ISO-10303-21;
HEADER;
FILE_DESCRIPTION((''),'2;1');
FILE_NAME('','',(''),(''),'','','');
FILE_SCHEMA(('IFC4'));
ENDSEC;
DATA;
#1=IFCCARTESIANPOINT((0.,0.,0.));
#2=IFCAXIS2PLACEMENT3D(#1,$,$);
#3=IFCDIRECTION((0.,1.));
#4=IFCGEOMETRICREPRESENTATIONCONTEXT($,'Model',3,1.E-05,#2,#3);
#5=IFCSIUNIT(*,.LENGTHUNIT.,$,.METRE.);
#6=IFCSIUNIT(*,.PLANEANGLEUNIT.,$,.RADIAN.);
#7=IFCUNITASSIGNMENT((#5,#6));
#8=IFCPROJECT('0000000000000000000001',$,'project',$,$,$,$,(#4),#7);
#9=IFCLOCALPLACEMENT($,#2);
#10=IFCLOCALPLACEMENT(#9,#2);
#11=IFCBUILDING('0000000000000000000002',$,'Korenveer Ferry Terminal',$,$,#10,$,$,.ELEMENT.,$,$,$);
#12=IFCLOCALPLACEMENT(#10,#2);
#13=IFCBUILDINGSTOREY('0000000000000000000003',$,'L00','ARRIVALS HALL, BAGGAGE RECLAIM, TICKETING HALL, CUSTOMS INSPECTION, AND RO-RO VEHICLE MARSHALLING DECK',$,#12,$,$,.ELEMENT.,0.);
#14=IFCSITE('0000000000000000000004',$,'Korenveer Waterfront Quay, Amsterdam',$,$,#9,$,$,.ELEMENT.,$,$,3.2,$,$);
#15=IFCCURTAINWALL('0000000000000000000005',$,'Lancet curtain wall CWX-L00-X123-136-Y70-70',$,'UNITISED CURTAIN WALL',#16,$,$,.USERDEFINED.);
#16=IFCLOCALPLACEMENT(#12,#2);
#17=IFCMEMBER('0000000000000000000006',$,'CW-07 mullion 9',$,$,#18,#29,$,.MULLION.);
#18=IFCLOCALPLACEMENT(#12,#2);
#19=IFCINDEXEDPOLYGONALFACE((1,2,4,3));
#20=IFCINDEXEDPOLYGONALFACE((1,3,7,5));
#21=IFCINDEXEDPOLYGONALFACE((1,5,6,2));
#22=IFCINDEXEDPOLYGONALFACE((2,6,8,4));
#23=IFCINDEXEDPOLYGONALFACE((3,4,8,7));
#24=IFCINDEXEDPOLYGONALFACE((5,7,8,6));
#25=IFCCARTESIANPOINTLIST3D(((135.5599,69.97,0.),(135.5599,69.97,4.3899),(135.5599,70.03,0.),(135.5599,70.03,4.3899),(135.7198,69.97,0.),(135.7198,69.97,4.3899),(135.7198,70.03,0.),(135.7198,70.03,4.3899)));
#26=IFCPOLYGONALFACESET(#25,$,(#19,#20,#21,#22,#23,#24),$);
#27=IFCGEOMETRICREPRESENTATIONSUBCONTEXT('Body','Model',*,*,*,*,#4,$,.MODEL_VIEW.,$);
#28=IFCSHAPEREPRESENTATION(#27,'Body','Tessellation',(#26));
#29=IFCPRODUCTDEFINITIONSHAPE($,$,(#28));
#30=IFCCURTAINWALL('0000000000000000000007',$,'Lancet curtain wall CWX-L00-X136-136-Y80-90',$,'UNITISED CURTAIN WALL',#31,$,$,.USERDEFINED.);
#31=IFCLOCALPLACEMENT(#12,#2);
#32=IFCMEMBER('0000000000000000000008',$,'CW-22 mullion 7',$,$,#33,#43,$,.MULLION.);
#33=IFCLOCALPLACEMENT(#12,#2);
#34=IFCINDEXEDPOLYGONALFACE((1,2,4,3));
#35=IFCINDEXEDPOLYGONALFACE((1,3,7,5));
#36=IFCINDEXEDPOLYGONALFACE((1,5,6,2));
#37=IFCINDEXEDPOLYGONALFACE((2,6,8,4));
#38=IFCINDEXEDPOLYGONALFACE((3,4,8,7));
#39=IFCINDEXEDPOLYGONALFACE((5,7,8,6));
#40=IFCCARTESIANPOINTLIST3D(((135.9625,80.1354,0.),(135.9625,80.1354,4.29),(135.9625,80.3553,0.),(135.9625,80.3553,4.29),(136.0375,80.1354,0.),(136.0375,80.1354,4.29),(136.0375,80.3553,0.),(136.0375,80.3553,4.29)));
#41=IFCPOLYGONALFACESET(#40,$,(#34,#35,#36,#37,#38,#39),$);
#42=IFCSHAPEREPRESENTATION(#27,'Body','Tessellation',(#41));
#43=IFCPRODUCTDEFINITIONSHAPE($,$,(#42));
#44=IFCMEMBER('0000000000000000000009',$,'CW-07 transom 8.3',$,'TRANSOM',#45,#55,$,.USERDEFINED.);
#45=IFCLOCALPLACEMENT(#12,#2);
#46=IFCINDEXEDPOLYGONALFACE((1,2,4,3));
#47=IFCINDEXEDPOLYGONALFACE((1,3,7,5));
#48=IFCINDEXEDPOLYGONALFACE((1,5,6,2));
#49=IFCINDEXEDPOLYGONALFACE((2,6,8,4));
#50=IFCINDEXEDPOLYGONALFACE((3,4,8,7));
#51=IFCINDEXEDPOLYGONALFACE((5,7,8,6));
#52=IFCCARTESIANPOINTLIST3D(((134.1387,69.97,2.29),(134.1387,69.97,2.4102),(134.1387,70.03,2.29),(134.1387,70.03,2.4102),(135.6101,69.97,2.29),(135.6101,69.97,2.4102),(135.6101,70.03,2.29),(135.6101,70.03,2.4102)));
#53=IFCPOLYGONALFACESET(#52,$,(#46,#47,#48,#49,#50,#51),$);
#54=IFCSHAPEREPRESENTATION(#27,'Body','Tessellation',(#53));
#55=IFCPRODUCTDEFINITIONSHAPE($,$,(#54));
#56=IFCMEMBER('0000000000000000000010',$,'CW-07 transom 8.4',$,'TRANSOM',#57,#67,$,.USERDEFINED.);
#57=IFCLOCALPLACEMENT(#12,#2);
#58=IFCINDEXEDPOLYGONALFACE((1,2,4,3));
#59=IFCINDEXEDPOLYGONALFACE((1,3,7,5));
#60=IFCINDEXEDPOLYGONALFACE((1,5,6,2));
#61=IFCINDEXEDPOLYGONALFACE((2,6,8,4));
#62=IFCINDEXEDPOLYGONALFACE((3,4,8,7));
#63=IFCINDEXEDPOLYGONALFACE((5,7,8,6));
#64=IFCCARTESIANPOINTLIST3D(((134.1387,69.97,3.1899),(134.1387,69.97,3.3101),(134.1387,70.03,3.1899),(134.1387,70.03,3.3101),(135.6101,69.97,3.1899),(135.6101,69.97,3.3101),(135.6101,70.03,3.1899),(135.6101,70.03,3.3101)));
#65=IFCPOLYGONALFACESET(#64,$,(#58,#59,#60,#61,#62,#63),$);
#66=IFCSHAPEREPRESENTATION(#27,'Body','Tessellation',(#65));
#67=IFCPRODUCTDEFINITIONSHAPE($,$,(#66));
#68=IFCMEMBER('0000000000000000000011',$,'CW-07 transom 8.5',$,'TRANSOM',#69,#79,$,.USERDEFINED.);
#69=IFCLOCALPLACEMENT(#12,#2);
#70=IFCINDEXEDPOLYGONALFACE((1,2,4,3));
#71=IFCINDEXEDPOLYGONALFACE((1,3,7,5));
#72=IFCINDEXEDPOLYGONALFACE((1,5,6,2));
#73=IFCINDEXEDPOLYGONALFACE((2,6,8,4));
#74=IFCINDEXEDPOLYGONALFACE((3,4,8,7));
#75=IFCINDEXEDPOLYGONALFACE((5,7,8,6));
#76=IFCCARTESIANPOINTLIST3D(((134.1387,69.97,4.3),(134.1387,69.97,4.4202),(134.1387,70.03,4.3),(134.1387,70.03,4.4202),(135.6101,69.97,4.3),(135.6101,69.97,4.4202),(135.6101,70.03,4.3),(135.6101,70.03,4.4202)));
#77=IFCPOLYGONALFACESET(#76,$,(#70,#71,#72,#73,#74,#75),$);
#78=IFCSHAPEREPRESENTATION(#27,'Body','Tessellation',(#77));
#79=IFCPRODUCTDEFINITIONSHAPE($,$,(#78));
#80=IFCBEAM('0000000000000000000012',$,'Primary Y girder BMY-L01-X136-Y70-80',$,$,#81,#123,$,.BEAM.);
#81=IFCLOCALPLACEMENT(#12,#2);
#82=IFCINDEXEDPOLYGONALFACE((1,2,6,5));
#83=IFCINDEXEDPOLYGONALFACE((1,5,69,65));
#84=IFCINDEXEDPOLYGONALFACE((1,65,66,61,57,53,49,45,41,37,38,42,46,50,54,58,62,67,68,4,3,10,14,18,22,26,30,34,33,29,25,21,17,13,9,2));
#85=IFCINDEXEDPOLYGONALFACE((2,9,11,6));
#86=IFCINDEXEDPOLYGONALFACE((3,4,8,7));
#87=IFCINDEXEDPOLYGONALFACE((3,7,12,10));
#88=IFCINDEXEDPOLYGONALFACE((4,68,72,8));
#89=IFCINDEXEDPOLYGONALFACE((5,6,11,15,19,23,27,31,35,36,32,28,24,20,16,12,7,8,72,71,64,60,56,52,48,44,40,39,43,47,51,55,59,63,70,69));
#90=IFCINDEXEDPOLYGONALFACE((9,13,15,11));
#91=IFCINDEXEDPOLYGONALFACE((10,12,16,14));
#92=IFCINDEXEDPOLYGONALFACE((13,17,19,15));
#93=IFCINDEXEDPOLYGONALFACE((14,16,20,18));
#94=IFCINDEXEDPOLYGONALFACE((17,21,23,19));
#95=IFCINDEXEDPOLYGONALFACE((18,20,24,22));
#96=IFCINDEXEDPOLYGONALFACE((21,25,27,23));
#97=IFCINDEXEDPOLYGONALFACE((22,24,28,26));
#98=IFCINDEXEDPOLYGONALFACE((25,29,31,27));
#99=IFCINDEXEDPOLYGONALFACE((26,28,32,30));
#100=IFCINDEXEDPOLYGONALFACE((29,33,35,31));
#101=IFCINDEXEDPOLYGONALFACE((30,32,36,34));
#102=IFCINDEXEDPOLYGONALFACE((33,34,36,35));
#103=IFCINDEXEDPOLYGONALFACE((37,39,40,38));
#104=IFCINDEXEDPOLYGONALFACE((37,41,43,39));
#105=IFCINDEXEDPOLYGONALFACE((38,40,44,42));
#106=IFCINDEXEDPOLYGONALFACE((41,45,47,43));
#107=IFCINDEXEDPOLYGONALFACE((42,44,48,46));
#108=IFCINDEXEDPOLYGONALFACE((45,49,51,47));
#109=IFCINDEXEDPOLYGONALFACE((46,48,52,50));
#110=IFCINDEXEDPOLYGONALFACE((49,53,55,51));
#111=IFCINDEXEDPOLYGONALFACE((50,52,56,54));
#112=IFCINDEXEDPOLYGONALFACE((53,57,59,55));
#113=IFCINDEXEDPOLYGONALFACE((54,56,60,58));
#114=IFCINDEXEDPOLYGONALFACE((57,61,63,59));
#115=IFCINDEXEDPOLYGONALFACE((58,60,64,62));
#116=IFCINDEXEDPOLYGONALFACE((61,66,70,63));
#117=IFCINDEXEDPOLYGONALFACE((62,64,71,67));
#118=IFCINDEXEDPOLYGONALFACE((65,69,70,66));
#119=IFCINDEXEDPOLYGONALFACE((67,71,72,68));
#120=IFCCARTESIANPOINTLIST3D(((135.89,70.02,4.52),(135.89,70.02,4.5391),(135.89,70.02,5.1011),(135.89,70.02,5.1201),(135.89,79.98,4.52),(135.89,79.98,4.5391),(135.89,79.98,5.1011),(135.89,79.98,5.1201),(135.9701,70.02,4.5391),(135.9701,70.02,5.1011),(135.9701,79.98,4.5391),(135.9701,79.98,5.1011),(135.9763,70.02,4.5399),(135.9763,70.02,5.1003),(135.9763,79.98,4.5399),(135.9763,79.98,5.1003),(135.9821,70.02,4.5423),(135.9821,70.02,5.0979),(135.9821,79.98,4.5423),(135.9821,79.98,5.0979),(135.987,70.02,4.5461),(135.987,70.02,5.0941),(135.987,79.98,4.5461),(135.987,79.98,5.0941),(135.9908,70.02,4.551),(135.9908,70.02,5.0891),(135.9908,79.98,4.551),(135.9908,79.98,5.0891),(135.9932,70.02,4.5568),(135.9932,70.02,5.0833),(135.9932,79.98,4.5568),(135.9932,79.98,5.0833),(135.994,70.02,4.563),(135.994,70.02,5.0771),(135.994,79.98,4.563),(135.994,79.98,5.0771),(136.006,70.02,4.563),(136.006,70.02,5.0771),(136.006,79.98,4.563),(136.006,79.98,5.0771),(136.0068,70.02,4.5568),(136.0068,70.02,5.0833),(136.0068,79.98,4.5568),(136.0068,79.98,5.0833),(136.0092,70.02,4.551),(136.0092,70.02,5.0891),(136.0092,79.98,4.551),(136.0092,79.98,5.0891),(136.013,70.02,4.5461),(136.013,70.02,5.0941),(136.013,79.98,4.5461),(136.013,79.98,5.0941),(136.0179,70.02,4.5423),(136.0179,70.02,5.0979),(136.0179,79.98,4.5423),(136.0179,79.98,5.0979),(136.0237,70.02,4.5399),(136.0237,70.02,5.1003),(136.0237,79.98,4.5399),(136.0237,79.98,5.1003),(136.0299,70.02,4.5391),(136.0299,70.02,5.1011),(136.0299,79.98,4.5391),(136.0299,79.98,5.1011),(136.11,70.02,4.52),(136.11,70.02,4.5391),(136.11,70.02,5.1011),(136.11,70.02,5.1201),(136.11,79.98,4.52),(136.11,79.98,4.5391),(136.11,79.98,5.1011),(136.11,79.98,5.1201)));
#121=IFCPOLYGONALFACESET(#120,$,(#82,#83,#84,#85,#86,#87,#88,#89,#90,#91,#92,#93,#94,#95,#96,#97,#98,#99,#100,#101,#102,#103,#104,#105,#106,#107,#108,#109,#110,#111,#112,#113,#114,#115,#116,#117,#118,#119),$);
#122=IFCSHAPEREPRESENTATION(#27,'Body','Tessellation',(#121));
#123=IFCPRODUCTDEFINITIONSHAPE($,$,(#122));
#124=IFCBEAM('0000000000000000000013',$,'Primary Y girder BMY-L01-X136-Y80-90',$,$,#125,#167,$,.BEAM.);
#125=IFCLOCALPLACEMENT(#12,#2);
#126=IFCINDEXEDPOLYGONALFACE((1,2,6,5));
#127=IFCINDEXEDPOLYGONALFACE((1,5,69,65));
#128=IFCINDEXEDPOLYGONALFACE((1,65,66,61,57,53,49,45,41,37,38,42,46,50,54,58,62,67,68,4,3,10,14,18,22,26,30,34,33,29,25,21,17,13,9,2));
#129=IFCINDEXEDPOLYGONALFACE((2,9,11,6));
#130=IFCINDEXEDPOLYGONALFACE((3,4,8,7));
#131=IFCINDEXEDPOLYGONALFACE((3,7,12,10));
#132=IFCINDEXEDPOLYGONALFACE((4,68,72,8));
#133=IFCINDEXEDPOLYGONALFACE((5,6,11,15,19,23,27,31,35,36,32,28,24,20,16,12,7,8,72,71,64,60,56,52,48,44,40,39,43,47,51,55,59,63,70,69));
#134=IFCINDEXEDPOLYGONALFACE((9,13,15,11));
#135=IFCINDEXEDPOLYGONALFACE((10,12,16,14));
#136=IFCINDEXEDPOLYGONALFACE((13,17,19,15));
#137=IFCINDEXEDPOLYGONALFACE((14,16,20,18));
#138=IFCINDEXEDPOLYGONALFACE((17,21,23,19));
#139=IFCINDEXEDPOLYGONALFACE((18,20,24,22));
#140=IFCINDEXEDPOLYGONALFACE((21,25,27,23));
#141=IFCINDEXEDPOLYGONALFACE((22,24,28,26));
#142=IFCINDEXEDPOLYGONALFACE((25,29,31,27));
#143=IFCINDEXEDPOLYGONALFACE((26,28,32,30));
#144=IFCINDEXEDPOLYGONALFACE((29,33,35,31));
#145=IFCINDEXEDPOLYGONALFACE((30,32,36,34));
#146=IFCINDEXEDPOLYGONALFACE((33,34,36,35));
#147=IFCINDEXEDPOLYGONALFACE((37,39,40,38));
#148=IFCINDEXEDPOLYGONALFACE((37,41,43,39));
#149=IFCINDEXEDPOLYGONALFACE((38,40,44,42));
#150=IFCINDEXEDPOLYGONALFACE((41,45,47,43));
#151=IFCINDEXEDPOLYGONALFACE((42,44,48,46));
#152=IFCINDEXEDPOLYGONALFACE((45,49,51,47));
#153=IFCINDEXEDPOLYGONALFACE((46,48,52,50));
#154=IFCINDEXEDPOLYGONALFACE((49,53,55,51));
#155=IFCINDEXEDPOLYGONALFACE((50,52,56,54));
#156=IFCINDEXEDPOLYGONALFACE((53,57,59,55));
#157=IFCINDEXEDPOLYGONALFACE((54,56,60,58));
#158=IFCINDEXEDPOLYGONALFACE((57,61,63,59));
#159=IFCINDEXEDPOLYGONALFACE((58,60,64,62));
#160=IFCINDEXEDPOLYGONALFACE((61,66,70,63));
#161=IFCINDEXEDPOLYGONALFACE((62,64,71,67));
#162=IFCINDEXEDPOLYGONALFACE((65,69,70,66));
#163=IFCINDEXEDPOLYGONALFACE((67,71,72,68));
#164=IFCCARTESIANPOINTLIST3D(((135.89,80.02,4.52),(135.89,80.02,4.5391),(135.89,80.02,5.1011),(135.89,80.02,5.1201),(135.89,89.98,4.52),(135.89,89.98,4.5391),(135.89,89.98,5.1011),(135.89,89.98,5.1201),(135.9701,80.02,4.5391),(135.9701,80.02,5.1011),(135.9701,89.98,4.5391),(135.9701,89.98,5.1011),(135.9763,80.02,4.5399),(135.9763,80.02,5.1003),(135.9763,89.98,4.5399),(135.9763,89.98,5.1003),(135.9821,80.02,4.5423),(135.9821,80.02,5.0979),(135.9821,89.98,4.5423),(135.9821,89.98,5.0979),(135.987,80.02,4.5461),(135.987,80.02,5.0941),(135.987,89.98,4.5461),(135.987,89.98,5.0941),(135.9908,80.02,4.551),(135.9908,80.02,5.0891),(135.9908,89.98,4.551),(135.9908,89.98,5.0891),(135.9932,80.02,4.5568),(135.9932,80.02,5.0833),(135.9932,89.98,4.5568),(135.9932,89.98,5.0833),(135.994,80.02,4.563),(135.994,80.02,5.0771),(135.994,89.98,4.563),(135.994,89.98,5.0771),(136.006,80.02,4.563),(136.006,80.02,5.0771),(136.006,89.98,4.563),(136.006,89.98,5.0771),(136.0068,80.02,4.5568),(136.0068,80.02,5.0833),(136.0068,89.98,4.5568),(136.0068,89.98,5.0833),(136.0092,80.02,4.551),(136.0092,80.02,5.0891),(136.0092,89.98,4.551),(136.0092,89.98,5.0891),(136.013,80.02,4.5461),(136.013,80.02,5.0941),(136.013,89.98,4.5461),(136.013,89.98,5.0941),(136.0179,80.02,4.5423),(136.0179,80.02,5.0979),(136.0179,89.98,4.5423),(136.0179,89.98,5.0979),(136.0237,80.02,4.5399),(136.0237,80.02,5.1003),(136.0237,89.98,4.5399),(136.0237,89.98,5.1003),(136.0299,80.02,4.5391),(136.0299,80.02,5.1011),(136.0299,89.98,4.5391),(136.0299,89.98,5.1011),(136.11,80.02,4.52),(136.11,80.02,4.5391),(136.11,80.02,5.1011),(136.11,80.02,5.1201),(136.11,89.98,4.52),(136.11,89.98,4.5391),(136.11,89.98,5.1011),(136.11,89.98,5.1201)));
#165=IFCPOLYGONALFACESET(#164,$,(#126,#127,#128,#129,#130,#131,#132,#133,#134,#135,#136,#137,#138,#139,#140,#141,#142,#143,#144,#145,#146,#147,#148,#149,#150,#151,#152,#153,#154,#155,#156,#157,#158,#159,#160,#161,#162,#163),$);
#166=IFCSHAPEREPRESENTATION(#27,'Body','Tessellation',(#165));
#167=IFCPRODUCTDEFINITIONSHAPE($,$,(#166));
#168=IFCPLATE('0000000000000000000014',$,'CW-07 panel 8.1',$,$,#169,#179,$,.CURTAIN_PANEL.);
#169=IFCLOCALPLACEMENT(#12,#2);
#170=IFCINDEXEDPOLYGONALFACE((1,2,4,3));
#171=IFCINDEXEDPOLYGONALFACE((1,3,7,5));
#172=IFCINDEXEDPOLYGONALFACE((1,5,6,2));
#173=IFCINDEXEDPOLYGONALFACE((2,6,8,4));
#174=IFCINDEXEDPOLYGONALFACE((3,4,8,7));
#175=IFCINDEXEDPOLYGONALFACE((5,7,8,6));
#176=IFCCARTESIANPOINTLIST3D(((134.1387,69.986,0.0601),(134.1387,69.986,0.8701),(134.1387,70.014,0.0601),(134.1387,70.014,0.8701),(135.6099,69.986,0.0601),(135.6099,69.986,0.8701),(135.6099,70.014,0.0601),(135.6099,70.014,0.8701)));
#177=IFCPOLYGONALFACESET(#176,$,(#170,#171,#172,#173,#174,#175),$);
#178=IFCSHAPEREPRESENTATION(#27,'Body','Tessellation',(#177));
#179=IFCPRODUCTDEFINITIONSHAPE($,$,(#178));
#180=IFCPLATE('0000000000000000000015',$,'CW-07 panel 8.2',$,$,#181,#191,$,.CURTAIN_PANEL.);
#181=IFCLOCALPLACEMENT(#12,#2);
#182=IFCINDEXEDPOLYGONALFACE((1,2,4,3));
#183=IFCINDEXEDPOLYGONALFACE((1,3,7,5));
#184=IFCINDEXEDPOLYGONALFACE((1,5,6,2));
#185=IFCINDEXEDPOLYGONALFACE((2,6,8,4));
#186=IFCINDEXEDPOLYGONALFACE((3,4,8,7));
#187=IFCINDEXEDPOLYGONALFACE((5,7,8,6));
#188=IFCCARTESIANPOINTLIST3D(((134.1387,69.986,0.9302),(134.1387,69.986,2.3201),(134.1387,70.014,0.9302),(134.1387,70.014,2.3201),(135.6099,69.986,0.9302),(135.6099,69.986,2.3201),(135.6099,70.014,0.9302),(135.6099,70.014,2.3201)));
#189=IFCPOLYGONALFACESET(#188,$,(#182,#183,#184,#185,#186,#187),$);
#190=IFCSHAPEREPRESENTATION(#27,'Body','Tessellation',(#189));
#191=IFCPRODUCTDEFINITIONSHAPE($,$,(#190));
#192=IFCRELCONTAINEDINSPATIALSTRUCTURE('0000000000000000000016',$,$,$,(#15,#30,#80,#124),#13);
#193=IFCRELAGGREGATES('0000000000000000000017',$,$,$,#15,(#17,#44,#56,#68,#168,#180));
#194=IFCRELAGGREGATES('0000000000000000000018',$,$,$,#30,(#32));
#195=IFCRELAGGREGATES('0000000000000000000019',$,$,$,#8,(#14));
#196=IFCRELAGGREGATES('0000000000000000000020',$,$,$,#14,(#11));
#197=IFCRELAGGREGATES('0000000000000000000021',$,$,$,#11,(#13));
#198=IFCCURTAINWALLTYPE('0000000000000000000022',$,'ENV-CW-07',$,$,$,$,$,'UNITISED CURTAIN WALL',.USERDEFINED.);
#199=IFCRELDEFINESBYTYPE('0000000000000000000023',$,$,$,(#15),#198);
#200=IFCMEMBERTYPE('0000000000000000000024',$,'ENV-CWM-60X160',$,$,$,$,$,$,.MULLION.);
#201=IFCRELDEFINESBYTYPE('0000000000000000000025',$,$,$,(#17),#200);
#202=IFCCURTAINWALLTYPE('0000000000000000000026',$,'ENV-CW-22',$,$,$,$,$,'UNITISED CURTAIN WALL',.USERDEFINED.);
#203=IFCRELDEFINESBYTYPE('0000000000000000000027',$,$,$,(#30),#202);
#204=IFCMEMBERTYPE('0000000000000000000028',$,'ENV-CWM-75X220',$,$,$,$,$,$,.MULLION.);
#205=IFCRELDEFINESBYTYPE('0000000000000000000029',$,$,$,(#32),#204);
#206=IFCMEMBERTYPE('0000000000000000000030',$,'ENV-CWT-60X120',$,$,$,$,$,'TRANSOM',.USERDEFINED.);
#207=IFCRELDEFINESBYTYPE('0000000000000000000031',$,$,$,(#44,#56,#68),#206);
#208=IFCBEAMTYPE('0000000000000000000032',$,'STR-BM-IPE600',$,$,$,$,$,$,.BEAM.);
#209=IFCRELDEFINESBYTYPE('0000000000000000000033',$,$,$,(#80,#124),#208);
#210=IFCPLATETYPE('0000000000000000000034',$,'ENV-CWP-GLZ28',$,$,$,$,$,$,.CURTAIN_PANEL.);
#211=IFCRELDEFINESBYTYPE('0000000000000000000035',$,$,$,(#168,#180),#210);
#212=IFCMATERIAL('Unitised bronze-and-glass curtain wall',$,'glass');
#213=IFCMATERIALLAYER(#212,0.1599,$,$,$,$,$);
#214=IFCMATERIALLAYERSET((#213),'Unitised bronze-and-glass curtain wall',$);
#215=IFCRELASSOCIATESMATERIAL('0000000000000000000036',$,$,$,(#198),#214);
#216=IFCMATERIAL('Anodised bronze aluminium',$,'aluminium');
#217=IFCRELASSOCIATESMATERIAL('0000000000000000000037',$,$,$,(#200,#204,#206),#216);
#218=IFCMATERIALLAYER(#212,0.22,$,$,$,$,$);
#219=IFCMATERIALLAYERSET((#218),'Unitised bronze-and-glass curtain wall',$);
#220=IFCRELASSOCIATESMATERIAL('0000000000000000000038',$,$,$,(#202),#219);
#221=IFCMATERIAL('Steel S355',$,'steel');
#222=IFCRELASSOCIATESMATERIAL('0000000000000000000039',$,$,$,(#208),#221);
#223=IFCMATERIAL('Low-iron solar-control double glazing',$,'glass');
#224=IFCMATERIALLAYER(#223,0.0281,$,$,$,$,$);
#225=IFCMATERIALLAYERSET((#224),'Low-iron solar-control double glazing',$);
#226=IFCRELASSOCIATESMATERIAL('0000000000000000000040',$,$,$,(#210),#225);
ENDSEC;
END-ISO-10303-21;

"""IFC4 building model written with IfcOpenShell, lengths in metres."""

from ifc_helpers import new_model, si_unit, direction, frame, origin, origin_2d, place, context, subcontext, project, spatial, rectangle, i_section, extrude, material, layer, layer_set, material_profile, profile_set, type_object, element, aggregate, save


model = new_model("IFC4")

# Units and contexts
model_context = context("Model", 3, precision=1e-05, world=origin(), true_north=direction((0.0, 1.0)))
body_context = subcontext(model_context, "Body", "Model", "MODEL_VIEW")
ifc_project = project(units=[si_unit("LENGTHUNIT", "METRE"), si_unit("PLANEANGLEUNIT", "RADIAN")], contexts=[model_context])

# Site, building, storey
site_placement = place(None, origin())
site = spatial("IfcSite", under=ifc_project, at=site_placement, Name="Korenveer Waterfront Quay, Amsterdam", CompositionType="ELEMENT", RefElevation=3.2)
building_placement = place(site_placement, origin())
building = spatial("IfcBuilding", under=site, at=building_placement, Name="Korenveer Ferry Terminal", CompositionType="ELEMENT")
storey_placement = place(building_placement, origin())
storey = spatial("IfcBuildingStorey", under=building, at=storey_placement, Name="L00", Description="ARRIVALS HALL, BAGGAGE RECLAIM, TICKETING HALL, CUSTOMS INSPECTION, AND RO-RO VEHICLE MARSHALLING DECK", CompositionType="ELEMENT", Elevation=0.0)

# Shared definitions
ifc_material_1 = material(Name="Steel S355", Category="steel")

# Curtain walls, members
ifc_material_2 = material(Name="Unitised bronze-and-glass curtain wall", Category="glass")
ifc_layer_1 = layer(ifc_material_2, 0.1599)
ifc_layer_set_1 = layer_set([ifc_layer_1], Name="Unitised bronze-and-glass curtain wall")
curtain_wall_type_1 = type_object("IfcCurtainWallType", Name="ENV-CW-07", ElementType="UNITISED CURTAIN WALL", PredefinedType="USERDEFINED", material=ifc_layer_set_1)
curtain_wall_1_placement = place(storey_placement, frame((123.1799, 70.0, 0.0)))
curtain_wall_1 = element("IfcCurtainWall", 1, at=curtain_wall_1_placement, inside=storey, type_object=curtain_wall_type_1, Name="Lancet curtain wall CWX-L00-X123-136-Y70-70", ObjectType="UNITISED CURTAIN WALL", PredefinedType="USERDEFINED")
ifc_material_3 = material(Name="Anodised bronze aluminium", Category="aluminium")
ifc_material_profile_1 = material_profile(ifc_material_3, rectangle(XDim=0.0601, YDim=0.1599, at=origin_2d()), Name="ALU 60x160")
ifc_profile_set_1 = profile_set([ifc_material_profile_1], Name="Anodised bronze aluminium")
member_type_1 = type_object("IfcMemberType", Name="ENV-CWM-60X160", PredefinedType="MULLION", material=ifc_profile_set_1)
member_1_placement = place(storey_placement, frame((135.6399, 70.0, 0.0), z_axis=(0.0, 0.0, 1.0), x_axis=(0.0, 1.0, 0.0)))
member_1 = element("IfcMember", 2, at=member_1_placement, type_object=member_type_1, Name="CW-07 mullion 9", PredefinedType="MULLION", context=body_context, shape_type="SweptSolid", body=[
    extrude(rectangle(XDim=0.0601, YDim=0.1599, at=origin_2d()), origin(), (0.0, 0.0, 1.0), 4.3899),
])
ifc_layer_2 = layer(ifc_material_2, 0.22)
ifc_layer_set_2 = layer_set([ifc_layer_2], Name="Unitised bronze-and-glass curtain wall")
curtain_wall_type_2 = type_object("IfcCurtainWallType", Name="ENV-CW-22", ElementType="UNITISED CURTAIN WALL", PredefinedType="USERDEFINED", material=ifc_layer_set_2)
curtain_wall_2_placement = place(storey_placement, frame((136.0, 89.7922, 0.0)))
curtain_wall_2 = element("IfcCurtainWall", 3, at=curtain_wall_2_placement, inside=storey, type_object=curtain_wall_type_2, Name="Lancet curtain wall CWX-L00-X136-136-Y80-90", ObjectType="UNITISED CURTAIN WALL", PredefinedType="USERDEFINED")
ifc_material_profile_2 = material_profile(ifc_material_3, rectangle(XDim=0.075, YDim=0.22, at=origin_2d()), Name="ALU 75x220")
ifc_profile_set_2 = profile_set([ifc_material_profile_2], Name="Anodised bronze aluminium")
member_type_2 = type_object("IfcMemberType", Name="ENV-CWM-75X220", PredefinedType="MULLION", material=ifc_profile_set_2)
member_2_placement = place(storey_placement, frame((136.0, 80.2454, 0.0), z_axis=(0.0, 0.0, 1.0), x_axis=(1.0, 0.0, 0.0)))
member_2 = element("IfcMember", 4, at=member_2_placement, type_object=member_type_2, Name="CW-22 mullion 7", PredefinedType="MULLION", context=body_context, shape_type="SweptSolid", body=[
    extrude(rectangle(XDim=0.075, YDim=0.22, at=origin_2d()), origin(), (0.0, 0.0, 1.0), 4.29),
])

# Members
ifc_material_profile_3 = material_profile(ifc_material_3, rectangle(XDim=0.0601, YDim=0.1201, at=origin_2d()), Name="ALU 60x120")
ifc_profile_set_3 = profile_set([ifc_material_profile_3], Name="Anodised bronze aluminium")
member_type_3 = type_object("IfcMemberType", Name="ENV-CWT-60X120", ElementType="TRANSOM", PredefinedType="USERDEFINED", material=ifc_profile_set_3)
member_3_placement = place(storey_placement, frame((134.1387, 70.0, 2.3501), z_axis=(1.0, 0.0, 0.0), x_axis=(0.0, 1.0, 0.0)))
member_3 = element("IfcMember", 5, at=member_3_placement, type_object=member_type_3, Name="CW-07 transom 8.3", ObjectType="TRANSOM", PredefinedType="USERDEFINED", context=body_context, shape_type="SweptSolid", body=[
    extrude(rectangle(XDim=0.0601, YDim=0.1201, at=origin_2d()), origin(), (0.0, 0.0, 1.0), 1.4714),
])
member_4_placement = place(storey_placement, frame((134.1387, 70.0, 3.25), z_axis=(1.0, 0.0, 0.0), x_axis=(0.0, 1.0, 0.0)))
member_4 = element("IfcMember", 6, at=member_4_placement, type_object=member_type_3, Name="CW-07 transom 8.4", ObjectType="TRANSOM", PredefinedType="USERDEFINED", context=body_context, shape_type="SweptSolid", body=[
    extrude(rectangle(XDim=0.0601, YDim=0.1201, at=origin_2d()), origin(), (0.0, 0.0, 1.0), 1.4714),
])
member_5_placement = place(storey_placement, frame((134.1387, 70.0, 4.3601), z_axis=(1.0, 0.0, 0.0), x_axis=(0.0, 1.0, 0.0)))
member_5 = element("IfcMember", 7, at=member_5_placement, type_object=member_type_3, Name="CW-07 transom 8.5", ObjectType="TRANSOM", PredefinedType="USERDEFINED", context=body_context, shape_type="SweptSolid", body=[
    extrude(rectangle(XDim=0.0601, YDim=0.1201, at=origin_2d()), origin(), (0.0, 0.0, 1.0), 1.4714),
])

# Beams
ifc_material_profile_4 = material_profile(ifc_material_1, i_section(OverallWidth=0.22, OverallDepth=0.6001, WebThickness=0.012, FlangeThickness=0.019, FilletRadius=0.0239, at=origin_2d()), Name="IPE 600")
ifc_profile_set_4 = profile_set([ifc_material_profile_4], Name="Steel S355")
beam_type = type_object("IfcBeamType", Name="STR-BM-IPE600", PredefinedType="BEAM", material=ifc_profile_set_4)
for number, where, z_axis, x_axis, name in (
    (8, (136.0, 70.02, 4.8201), (0.0, 1.0, 0.0), (-1.0, 0.0, 0.0), "Primary Y girder BMY-L01-X136-Y70-80"),
    (9, (136.0, 80.02, 4.8201), (0.0, 1.0, 0.0), (-1.0, 0.0, 0.0), "Primary Y girder BMY-L01-X136-Y80-90"),
):
    element("IfcBeam", number, at=place(storey_placement, frame(where, z_axis=z_axis, x_axis=x_axis)), inside=storey, type_object=beam_type, Name=name, PredefinedType="BEAM", context=body_context, shape_type="SweptSolid", body=[
        extrude(i_section(OverallWidth=0.22, OverallDepth=0.6001, WebThickness=0.012, FlangeThickness=0.019, FilletRadius=0.0239, at=origin_2d()), origin(), (0.0, 0.0, 1.0), 9.96),
    ])

# Plates
ifc_material_4 = material(Name="Low-iron solar-control double glazing", Category="glass")
ifc_layer_3 = layer(ifc_material_4, 0.0281)
ifc_layer_set_3 = layer_set([ifc_layer_3], Name="Low-iron solar-control double glazing")
plate_type_1 = type_object("IfcPlateType", Name="ENV-CWP-GLZ28", PredefinedType="CURTAIN_PANEL", material=ifc_layer_set_3)
plate_1_placement = place(storey_placement, frame((134.8743, 70.0, 0.0601), z_axis=(0.0, 0.0, 1.0), x_axis=(1.0, 0.0, 0.0)))
plate_1 = element("IfcPlate", 10, at=plate_1_placement, type_object=plate_type_1, Name="CW-07 panel 8.1", PredefinedType="CURTAIN_PANEL", context=body_context, shape_type="SweptSolid", body=[
    extrude(rectangle(XDim=1.4712, YDim=0.0281, at=origin_2d()), origin(), (0.0, 0.0, 1.0), 0.8101),
])
plate_2_placement = place(storey_placement, frame((134.8743, 70.0, 0.9302), z_axis=(0.0, 0.0, 1.0), x_axis=(1.0, 0.0, 0.0)))
plate_2 = element("IfcPlate", 11, at=plate_2_placement, type_object=plate_type_1, Name="CW-07 panel 8.2", PredefinedType="CURTAIN_PANEL", context=body_context, shape_type="SweptSolid", body=[
    extrude(rectangle(XDim=1.4712, YDim=0.0281, at=origin_2d()), origin(), (0.0, 0.0, 1.0), 1.3899),
])
aggregate(curtain_wall_1, [member_1, member_3, member_4, member_5, plate_1, plate_2])
aggregate(curtain_wall_2, [member_2])

save(model, "model.ifc")
